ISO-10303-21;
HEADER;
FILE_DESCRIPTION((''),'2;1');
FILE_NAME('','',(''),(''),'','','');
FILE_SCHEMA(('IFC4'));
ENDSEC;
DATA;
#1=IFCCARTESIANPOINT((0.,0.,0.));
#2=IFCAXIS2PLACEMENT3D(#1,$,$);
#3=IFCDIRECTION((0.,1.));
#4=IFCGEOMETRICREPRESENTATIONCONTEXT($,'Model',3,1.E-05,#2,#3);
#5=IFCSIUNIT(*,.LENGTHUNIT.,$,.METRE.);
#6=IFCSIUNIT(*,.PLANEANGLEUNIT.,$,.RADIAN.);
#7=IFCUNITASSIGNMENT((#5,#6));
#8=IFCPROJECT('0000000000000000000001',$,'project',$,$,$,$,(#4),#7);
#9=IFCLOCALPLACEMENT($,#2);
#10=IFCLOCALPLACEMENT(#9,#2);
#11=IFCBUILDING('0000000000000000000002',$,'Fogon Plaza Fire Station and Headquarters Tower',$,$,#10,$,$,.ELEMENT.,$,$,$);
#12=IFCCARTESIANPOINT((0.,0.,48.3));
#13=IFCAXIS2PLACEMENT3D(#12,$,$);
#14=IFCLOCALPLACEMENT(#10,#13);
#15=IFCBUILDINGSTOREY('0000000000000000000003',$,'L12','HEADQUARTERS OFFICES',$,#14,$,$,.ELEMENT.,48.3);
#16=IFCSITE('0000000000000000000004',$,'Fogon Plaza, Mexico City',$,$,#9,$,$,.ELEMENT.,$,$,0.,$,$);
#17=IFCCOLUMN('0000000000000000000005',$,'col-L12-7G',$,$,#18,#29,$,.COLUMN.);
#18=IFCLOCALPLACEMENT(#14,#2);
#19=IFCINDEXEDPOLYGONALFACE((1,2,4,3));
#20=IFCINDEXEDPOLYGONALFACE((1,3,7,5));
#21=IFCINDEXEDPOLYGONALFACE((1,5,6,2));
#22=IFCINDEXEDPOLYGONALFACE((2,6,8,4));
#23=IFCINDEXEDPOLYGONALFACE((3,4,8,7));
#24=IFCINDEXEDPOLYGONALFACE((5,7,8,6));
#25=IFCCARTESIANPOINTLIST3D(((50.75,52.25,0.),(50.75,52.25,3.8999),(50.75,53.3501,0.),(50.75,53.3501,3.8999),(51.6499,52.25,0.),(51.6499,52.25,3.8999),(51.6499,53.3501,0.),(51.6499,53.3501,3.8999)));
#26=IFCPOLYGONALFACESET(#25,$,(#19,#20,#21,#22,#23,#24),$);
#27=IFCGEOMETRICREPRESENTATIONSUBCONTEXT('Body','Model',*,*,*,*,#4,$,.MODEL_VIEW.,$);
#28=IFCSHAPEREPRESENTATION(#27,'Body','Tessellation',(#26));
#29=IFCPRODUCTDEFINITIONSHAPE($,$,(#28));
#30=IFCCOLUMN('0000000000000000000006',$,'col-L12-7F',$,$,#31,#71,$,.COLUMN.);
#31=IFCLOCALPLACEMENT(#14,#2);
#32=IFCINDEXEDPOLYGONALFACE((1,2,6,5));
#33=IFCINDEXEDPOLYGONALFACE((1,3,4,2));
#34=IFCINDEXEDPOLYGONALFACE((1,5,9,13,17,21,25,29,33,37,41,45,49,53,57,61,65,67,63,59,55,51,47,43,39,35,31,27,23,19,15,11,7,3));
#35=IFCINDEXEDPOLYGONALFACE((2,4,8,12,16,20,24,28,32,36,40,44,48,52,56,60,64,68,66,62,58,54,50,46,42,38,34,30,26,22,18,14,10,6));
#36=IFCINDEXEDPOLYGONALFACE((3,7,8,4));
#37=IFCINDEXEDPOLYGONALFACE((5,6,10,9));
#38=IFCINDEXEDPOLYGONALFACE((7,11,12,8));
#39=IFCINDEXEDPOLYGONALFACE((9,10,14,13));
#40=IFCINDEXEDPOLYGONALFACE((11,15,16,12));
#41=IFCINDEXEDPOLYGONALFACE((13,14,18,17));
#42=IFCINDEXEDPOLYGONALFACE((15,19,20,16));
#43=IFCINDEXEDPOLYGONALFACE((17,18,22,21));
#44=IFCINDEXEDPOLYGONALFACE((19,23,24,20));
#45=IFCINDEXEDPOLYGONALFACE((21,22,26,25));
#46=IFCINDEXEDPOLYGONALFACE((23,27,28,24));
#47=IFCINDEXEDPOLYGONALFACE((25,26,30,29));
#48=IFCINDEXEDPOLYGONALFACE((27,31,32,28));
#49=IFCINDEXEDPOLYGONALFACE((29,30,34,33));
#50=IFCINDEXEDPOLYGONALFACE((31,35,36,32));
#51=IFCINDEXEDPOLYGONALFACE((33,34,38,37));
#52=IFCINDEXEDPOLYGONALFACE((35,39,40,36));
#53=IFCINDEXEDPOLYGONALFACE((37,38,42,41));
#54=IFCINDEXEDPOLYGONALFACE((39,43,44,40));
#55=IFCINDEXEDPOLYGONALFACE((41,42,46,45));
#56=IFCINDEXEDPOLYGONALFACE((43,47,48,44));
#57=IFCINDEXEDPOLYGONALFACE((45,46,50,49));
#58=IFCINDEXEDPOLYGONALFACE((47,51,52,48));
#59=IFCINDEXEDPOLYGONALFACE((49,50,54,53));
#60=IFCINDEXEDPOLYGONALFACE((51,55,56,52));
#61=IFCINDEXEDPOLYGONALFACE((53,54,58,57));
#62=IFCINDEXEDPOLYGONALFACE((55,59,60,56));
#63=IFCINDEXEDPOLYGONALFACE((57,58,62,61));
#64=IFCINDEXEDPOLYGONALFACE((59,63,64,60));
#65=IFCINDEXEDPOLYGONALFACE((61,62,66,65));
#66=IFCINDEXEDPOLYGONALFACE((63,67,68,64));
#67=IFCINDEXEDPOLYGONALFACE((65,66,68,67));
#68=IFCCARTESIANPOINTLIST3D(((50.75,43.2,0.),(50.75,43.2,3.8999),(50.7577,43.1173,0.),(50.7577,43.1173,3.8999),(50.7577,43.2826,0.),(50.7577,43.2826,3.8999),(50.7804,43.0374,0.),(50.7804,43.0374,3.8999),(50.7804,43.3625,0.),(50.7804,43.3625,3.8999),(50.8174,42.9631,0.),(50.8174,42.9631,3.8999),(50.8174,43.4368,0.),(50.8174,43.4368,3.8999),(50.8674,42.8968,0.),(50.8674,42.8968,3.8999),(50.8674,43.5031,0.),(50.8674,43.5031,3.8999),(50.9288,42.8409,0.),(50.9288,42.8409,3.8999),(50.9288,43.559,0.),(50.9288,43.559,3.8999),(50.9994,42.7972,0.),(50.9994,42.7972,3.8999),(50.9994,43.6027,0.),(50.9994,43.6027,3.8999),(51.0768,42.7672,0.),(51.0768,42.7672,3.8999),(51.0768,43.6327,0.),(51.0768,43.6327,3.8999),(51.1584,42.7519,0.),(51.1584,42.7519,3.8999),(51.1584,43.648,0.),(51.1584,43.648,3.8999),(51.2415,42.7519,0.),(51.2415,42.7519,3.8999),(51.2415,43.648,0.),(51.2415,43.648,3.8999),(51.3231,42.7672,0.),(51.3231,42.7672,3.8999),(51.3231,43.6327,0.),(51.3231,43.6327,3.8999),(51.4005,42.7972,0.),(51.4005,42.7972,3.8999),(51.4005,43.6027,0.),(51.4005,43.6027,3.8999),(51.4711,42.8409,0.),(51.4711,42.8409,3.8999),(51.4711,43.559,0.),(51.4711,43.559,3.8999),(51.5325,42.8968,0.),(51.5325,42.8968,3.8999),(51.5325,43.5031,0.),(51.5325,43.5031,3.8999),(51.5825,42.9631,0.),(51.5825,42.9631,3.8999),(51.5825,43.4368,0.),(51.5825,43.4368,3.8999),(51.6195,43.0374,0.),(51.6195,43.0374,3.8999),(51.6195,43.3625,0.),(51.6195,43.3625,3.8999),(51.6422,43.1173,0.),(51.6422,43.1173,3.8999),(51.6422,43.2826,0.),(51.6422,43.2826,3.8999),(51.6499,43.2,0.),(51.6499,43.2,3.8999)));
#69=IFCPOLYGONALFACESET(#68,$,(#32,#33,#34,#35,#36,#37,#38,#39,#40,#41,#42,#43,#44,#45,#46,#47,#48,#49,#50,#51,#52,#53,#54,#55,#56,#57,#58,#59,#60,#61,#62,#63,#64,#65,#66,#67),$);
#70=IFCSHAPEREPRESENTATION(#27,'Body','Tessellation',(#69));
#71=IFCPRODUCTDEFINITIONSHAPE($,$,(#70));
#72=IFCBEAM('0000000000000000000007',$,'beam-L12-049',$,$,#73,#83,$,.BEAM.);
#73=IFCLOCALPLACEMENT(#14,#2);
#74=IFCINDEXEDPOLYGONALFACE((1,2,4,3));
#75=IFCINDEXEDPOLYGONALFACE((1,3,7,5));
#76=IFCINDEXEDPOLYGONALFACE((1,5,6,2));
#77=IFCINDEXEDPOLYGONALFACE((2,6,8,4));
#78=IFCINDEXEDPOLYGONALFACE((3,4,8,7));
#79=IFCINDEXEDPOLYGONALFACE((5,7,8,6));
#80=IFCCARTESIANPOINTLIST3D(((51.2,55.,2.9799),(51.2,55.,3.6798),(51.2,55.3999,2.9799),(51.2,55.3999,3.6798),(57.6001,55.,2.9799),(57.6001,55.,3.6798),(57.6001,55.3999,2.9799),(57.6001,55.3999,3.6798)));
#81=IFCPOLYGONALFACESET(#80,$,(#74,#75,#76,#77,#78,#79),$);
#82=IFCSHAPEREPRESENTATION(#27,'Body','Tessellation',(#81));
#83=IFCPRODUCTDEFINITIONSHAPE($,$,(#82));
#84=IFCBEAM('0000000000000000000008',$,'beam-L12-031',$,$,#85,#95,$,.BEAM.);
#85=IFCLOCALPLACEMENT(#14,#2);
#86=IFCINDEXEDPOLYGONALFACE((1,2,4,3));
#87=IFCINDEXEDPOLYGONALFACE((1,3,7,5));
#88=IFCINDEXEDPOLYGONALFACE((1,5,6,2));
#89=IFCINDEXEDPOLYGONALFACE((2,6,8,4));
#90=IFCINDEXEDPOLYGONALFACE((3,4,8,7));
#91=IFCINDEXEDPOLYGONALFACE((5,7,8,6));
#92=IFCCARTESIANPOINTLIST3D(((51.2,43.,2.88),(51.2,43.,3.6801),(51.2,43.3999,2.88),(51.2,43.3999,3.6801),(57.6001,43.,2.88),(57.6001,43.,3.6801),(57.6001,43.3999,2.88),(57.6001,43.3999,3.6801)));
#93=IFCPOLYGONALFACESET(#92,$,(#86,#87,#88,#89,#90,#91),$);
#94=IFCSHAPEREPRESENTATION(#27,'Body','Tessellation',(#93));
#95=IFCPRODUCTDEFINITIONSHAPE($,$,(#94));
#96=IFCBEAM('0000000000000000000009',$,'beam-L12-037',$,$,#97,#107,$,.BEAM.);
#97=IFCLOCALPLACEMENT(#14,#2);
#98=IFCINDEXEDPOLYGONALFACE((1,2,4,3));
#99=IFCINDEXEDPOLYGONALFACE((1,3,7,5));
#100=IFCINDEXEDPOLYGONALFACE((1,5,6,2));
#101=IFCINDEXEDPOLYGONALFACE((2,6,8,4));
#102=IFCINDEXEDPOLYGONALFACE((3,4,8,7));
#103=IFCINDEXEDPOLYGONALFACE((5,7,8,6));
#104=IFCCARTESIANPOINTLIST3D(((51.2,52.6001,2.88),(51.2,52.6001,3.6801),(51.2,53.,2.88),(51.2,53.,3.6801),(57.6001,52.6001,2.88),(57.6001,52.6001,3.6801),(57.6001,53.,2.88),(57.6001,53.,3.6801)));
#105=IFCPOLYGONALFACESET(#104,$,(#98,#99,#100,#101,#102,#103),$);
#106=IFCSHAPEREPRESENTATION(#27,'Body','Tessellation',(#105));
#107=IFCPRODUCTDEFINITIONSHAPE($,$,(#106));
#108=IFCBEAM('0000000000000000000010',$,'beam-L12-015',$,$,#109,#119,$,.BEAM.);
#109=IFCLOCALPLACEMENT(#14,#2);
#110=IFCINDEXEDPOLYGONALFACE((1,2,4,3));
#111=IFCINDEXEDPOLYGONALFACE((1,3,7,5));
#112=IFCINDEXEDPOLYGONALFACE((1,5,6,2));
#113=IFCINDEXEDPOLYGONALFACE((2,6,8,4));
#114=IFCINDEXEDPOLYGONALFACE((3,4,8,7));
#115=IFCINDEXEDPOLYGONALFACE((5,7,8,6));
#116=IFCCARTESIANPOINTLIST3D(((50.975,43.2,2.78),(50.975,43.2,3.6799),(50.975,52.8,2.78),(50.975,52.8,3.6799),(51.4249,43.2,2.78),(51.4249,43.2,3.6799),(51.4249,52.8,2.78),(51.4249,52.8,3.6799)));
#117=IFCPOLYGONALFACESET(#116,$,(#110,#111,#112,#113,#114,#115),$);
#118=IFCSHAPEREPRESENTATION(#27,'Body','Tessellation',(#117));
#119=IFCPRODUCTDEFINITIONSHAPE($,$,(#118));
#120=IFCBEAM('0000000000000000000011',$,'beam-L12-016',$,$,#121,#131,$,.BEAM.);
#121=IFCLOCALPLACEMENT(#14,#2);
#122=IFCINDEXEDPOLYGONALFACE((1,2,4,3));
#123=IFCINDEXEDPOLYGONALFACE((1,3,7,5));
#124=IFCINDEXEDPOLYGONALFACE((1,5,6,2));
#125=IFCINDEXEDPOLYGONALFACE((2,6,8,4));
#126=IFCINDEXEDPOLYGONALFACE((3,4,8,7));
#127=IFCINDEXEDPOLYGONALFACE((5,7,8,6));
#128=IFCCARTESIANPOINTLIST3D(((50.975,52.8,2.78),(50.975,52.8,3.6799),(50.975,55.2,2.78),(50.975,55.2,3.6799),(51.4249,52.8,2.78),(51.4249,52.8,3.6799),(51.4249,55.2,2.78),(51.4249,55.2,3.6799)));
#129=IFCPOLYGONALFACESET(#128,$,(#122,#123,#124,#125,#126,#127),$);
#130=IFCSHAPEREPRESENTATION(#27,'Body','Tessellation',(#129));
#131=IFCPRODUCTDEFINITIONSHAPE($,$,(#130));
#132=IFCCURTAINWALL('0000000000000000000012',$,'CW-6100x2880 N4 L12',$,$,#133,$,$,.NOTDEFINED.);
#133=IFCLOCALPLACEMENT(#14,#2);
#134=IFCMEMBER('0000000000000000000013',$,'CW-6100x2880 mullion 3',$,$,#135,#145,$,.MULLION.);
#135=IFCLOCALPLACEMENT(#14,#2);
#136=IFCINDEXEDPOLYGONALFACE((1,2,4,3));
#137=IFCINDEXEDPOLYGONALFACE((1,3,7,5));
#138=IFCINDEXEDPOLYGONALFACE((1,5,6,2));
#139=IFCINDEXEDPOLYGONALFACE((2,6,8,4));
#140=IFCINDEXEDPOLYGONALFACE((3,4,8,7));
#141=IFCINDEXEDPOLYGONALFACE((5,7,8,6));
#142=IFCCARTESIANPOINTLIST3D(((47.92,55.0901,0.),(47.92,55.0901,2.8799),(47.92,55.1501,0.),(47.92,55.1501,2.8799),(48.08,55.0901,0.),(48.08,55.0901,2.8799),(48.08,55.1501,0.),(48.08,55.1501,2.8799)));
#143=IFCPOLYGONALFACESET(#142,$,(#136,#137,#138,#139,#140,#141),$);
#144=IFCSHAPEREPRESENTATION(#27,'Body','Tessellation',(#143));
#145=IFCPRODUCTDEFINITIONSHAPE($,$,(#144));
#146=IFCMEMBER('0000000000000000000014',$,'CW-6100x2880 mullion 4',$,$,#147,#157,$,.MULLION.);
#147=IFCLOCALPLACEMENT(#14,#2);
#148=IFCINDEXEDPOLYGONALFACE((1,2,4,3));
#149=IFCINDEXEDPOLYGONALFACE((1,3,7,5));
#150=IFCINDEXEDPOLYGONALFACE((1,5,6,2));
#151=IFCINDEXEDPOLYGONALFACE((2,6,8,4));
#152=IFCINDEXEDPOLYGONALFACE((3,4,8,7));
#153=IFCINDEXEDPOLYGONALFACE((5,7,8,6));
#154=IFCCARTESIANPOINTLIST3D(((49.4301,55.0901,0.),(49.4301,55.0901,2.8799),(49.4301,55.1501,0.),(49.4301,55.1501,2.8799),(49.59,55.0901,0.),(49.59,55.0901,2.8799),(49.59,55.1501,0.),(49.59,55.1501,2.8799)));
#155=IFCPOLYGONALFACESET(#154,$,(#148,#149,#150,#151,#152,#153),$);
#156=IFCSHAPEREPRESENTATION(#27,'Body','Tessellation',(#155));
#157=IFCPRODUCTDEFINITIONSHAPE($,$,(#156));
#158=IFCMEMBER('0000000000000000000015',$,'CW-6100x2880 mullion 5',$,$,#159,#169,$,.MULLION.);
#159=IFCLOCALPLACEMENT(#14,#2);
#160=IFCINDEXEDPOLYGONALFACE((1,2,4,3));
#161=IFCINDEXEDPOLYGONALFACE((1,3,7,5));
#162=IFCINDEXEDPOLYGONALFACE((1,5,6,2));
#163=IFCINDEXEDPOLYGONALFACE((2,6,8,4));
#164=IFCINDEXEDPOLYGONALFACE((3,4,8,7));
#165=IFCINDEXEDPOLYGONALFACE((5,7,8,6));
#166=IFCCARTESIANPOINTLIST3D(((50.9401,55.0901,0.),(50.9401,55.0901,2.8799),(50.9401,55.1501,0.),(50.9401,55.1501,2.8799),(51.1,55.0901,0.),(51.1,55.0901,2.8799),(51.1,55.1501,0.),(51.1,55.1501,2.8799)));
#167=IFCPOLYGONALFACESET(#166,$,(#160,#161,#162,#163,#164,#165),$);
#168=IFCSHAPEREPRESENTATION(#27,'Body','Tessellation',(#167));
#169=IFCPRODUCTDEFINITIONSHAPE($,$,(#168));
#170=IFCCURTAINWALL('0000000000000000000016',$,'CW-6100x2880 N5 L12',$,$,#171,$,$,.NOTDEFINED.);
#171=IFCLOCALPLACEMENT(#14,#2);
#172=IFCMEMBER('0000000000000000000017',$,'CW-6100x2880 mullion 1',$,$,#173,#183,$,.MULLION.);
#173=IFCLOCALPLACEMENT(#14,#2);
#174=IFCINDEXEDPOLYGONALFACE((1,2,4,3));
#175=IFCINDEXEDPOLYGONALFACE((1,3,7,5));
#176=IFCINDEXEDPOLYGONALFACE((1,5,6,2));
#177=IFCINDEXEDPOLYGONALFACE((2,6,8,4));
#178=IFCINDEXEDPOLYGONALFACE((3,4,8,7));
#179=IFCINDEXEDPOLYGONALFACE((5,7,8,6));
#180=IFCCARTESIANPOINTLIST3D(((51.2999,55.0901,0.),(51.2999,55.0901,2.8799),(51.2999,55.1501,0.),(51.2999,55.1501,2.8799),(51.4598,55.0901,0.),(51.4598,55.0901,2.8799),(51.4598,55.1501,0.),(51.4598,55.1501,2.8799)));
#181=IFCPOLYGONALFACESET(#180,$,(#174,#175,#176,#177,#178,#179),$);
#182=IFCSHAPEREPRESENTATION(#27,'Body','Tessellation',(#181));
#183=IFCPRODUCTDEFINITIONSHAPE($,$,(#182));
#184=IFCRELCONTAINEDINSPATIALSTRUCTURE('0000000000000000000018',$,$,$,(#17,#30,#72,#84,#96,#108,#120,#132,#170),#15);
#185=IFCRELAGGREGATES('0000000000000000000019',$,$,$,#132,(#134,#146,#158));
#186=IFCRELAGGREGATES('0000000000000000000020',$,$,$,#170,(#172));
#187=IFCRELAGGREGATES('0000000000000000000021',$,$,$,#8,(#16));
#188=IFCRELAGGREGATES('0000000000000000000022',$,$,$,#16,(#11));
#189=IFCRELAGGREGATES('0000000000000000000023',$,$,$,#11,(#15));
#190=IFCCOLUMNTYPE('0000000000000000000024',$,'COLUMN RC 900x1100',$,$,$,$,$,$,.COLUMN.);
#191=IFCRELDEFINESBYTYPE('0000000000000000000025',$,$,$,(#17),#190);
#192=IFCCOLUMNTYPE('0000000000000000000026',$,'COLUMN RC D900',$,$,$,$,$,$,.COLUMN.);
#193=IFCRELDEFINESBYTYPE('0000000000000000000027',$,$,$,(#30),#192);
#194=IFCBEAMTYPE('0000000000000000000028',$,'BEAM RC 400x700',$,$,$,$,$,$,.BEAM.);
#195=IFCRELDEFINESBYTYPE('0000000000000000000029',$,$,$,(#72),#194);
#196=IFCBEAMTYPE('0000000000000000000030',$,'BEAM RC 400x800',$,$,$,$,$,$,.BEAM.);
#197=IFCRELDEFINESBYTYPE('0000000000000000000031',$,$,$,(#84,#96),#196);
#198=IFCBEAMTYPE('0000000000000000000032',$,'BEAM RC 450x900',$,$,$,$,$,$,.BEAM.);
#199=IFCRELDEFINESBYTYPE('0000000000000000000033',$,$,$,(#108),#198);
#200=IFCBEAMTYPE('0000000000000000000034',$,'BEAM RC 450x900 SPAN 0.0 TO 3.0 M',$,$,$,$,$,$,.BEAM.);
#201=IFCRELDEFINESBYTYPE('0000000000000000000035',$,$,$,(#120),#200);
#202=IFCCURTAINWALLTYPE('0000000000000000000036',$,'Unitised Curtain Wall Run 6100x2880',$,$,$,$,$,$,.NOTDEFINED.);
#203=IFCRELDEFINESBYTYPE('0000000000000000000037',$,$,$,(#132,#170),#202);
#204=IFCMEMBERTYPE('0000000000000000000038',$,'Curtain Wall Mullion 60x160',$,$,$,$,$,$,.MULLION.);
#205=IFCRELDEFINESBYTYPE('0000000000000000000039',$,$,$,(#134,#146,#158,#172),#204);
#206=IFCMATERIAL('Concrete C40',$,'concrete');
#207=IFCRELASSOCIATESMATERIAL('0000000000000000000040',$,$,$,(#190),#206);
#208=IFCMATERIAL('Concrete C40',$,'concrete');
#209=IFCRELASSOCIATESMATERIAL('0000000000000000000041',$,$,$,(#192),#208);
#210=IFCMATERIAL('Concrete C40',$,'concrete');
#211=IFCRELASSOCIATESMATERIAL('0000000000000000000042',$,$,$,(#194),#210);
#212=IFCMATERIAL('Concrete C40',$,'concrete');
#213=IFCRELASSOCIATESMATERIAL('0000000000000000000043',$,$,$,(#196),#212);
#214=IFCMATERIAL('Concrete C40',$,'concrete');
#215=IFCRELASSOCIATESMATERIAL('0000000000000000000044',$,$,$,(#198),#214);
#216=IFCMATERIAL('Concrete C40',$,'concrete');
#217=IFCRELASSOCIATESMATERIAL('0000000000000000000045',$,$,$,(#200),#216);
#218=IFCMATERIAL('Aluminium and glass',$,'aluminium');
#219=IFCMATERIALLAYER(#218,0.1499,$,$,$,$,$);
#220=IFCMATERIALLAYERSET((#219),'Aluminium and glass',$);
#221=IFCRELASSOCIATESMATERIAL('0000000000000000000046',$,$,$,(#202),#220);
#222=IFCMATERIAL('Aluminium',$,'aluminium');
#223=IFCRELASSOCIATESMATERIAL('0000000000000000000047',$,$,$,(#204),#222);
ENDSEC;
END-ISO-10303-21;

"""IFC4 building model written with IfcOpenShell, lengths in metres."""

from ifc_helpers import new_model, si_unit, direction, frame, origin, origin_2d, place, context, subcontext, project, spatial, rectangle, circle, extrude, material, layer, layer_set, material_profile, profile_set, type_object, element, aggregate, save


model = new_model("IFC4")

# Units and contexts
model_context = context("Model", 3, precision=1e-05, world=origin(), true_north=direction((0.0, 1.0)))
body_context = subcontext(model_context, "Body", "Model", "MODEL_VIEW")
ifc_project = project(units=[si_unit("LENGTHUNIT", "METRE"), si_unit("PLANEANGLEUNIT", "RADIAN")], contexts=[model_context])

# Site, building, storey
site_placement = place(None, origin())
site = spatial("IfcSite", under=ifc_project, at=site_placement, Name="Fogon Plaza, Mexico City", CompositionType="ELEMENT", RefElevation=0.0)
building_placement = place(site_placement, origin())
building = spatial("IfcBuilding", under=site, at=building_placement, Name="Fogon Plaza Fire Station and Headquarters Tower", CompositionType="ELEMENT")
storey_placement = place(building_placement, frame((0.0, 0.0, 48.3)))
storey = spatial("IfcBuildingStorey", under=building, at=storey_placement, Name="L12", Description="HEADQUARTERS OFFICES", CompositionType="ELEMENT", Elevation=48.3)

# Columns
ifc_material_1 = material(Name="Concrete C40", Category="concrete")
ifc_material_profile_1 = material_profile(ifc_material_1, rectangle(XDim=0.8999, YDim=1.1001, at=origin_2d()), Name="RC 900x1100")
ifc_profile_set_1 = profile_set([ifc_material_profile_1], Name="Concrete C40")
column_type_1 = type_object("IfcColumnType", Name="COLUMN RC 900x1100", PredefinedType="COLUMN", material=ifc_profile_set_1)
column_1_placement = place(storey_placement, frame((51.2, 52.8, 0.0), z_axis=(0.0, 0.0, 1.0), x_axis=(1.0, 0.0, 0.0)))
element("IfcColumn", 1, at=column_1_placement, inside=storey, type_object=column_type_1, Name="col-L12-7G", PredefinedType="COLUMN", context=body_context, shape_type="SweptSolid", body=[
    extrude(rectangle(XDim=0.8999, YDim=1.1001, at=origin_2d()), origin(), (0.0, 0.0, 1.0), 3.8999),
])
ifc_material_2 = material(Name="Concrete C40", Category="concrete")
ifc_material_profile_2 = material_profile(ifc_material_2, circle(Radius=0.45, at=origin_2d()), Name="RC D900")
ifc_profile_set_2 = profile_set([ifc_material_profile_2], Name="Concrete C40")
column_type_2 = type_object("IfcColumnType", Name="COLUMN RC D900", PredefinedType="COLUMN", material=ifc_profile_set_2)
column_2_placement = place(storey_placement, frame((51.2, 43.2, 0.0), z_axis=(0.0, 0.0, 1.0), x_axis=(1.0, 0.0, 0.0)))
element("IfcColumn", 2, at=column_2_placement, inside=storey, type_object=column_type_2, Name="col-L12-7F", PredefinedType="COLUMN", context=body_context, shape_type="SweptSolid", body=[
    extrude(circle(Radius=0.45, at=origin_2d()), origin(), (0.0, 0.0, 1.0), 3.8999),
])

# Beams
ifc_material_3 = material(Name="Concrete C40", Category="concrete")
ifc_material_profile_3 = material_profile(ifc_material_3, rectangle(XDim=0.3999, YDim=0.7, at=origin_2d()), Name="RC 400x700")
ifc_profile_set_3 = profile_set([ifc_material_profile_3], Name="Concrete C40")
beam_type_1 = type_object("IfcBeamType", Name="BEAM RC 400x700", PredefinedType="BEAM", material=ifc_profile_set_3)
beam_1_placement = place(storey_placement, frame((51.2, 55.2, 3.3298), z_axis=(1.0, 0.0, 0.0), x_axis=(0.0, 1.0, 0.0)))
element("IfcBeam", 3, at=beam_1_placement, inside=storey, type_object=beam_type_1, Name="beam-L12-049", PredefinedType="BEAM", context=body_context, shape_type="SweptSolid", body=[
    extrude(rectangle(XDim=0.3999, YDim=0.7, at=origin_2d()), origin(), (0.0, 0.0, 1.0), 6.4001),
])
ifc_material_4 = material(Name="Concrete C40", Category="concrete")
ifc_material_profile_4 = material_profile(ifc_material_4, rectangle(XDim=0.3999, YDim=0.8, at=origin_2d()), Name="RC 400x800")
ifc_profile_set_4 = profile_set([ifc_material_profile_4], Name="Concrete C40")
beam_type_2 = type_object("IfcBeamType", Name="BEAM RC 400x800", PredefinedType="BEAM", material=ifc_profile_set_4)
for number, where, z_axis, x_axis, name in (
    (4, (51.2, 43.2, 3.28), (1.0, 0.0, 0.0), (0.0, 1.0, 0.0), "beam-L12-031"),
    (5, (51.2, 52.8, 3.28), (1.0, 0.0, 0.0), (0.0, 1.0, 0.0), "beam-L12-037"),
):
    element("IfcBeam", number, at=place(storey_placement, frame(where, z_axis=z_axis, x_axis=x_axis)), inside=storey, type_object=beam_type_2, Name=name, PredefinedType="BEAM", context=body_context, shape_type="SweptSolid", body=[
        extrude(rectangle(XDim=0.3999, YDim=0.8, at=origin_2d()), origin(), (0.0, 0.0, 1.0), 6.4001),
    ])
ifc_material_5 = material(Name="Concrete C40", Category="concrete")
ifc_material_profile_5 = material_profile(ifc_material_5, rectangle(XDim=0.45, YDim=0.8999, at=origin_2d()), Name="RC 450x900")
ifc_profile_set_5 = profile_set([ifc_material_profile_5], Name="Concrete C40")
beam_type_3 = type_object("IfcBeamType", Name="BEAM RC 450x900", PredefinedType="BEAM", material=ifc_profile_set_5)
beam_2_placement = place(storey_placement, frame((51.2, 43.2, 3.23), z_axis=(0.0, 1.0, 0.0), x_axis=(-1.0, 0.0, 0.0)))
element("IfcBeam", 6, at=beam_2_placement, inside=storey, type_object=beam_type_3, Name="beam-L12-015", PredefinedType="BEAM", context=body_context, shape_type="SweptSolid", body=[
    extrude(rectangle(XDim=0.45, YDim=0.8999, at=origin_2d()), origin(), (0.0, 0.0, 1.0), 9.6001),
])
ifc_material_6 = material(Name="Concrete C40", Category="concrete")
ifc_material_profile_6 = material_profile(ifc_material_6, rectangle(XDim=0.45, YDim=0.8999, at=origin_2d()), Name="RC 450x900")
ifc_profile_set_6 = profile_set([ifc_material_profile_6], Name="Concrete C40")
beam_type_4 = type_object("IfcBeamType", Name="BEAM RC 450x900 SPAN 0.0 TO 3.0 M", PredefinedType="BEAM", material=ifc_profile_set_6)
beam_3_placement = place(storey_placement, frame((51.2, 52.8, 3.23), z_axis=(0.0, 1.0, 0.0), x_axis=(-1.0, 0.0, 0.0)))
element("IfcBeam", 7, at=beam_3_placement, inside=storey, type_object=beam_type_4, Name="beam-L12-016", PredefinedType="BEAM", context=body_context, shape_type="SweptSolid", body=[
    extrude(rectangle(XDim=0.45, YDim=0.8999, at=origin_2d()), origin(), (0.0, 0.0, 1.0), 2.3999),
])

# Curtain walls, members
ifc_material_7 = material(Name="Aluminium and glass", Category="aluminium")
ifc_layer_1 = layer(ifc_material_7, 0.1499)
ifc_layer_set_1 = layer_set([ifc_layer_1], Name="Aluminium and glass")
curtain_wall_type = type_object("IfcCurtainWallType", Name="Unitised Curtain Wall Run 6100x2880", PredefinedType="NOTDEFINED", material=ifc_layer_set_1)
curtain_wall_1_placement = place(storey_placement, origin())
curtain_wall_1 = element("IfcCurtainWall", 8, at=curtain_wall_1_placement, inside=storey, type_object=curtain_wall_type, Name="CW-6100x2880 N4 L12", PredefinedType="NOTDEFINED")
ifc_material_8 = material(Name="Aluminium", Category="aluminium")
ifc_material_profile_7 = material_profile(ifc_material_8, rectangle(XDim=0.0601, YDim=0.1599, at=origin_2d()), Name="Curtain Wall Mullion 60x160")
ifc_profile_set_7 = profile_set([ifc_material_profile_7], Name="Aluminium")
member_type_1 = type_object("IfcMemberType", Name="Curtain Wall Mullion 60x160", PredefinedType="MULLION", material=ifc_profile_set_7)
member_1_placement = place(storey_placement, frame((48.0, 55.1201, 0.0), z_axis=(0.0, 0.0, 1.0), x_axis=(0.0, 1.0, 0.0)))
member_1 = element("IfcMember", 9, at=member_1_placement, type_object=member_type_1, Name="CW-6100x2880 mullion 3", PredefinedType="MULLION", context=body_context, shape_type="SweptSolid", body=[
    extrude(rectangle(XDim=0.0601, YDim=0.1599, at=origin_2d()), origin(), (0.0, 0.0, 1.0), 2.8799),
])
member_2_placement = place(storey_placement, frame((49.51, 55.1201, 0.0), z_axis=(0.0, 0.0, 1.0), x_axis=(0.0, 1.0, 0.0)))
member_2 = element("IfcMember", 10, at=member_2_placement, type_object=member_type_1, Name="CW-6100x2880 mullion 4", PredefinedType="MULLION", context=body_context, shape_type="SweptSolid", body=[
    extrude(rectangle(XDim=0.0601, YDim=0.1599, at=origin_2d()), origin(), (0.0, 0.0, 1.0), 2.8799),
])
member_3_placement = place(storey_placement, frame((51.02, 55.1201, 0.0), z_axis=(0.0, 0.0, 1.0), x_axis=(0.0, 1.0, 0.0)))
member_3 = element("IfcMember", 11, at=member_3_placement, type_object=member_type_1, Name="CW-6100x2880 mullion 5", PredefinedType="MULLION", context=body_context, shape_type="SweptSolid", body=[
    extrude(rectangle(XDim=0.0601, YDim=0.1599, at=origin_2d()), origin(), (0.0, 0.0, 1.0), 2.8799),
])
curtain_wall_2_placement = place(storey_placement, origin())
curtain_wall_2 = element("IfcCurtainWall", 12, at=curtain_wall_2_placement, inside=storey, type_object=curtain_wall_type, Name="CW-6100x2880 N5 L12", PredefinedType="NOTDEFINED")
member_4_placement = place(storey_placement, frame((51.3799, 55.1201, 0.0), z_axis=(0.0, 0.0, 1.0), x_axis=(0.0, 1.0, 0.0)))
member_4 = element("IfcMember", 13, at=member_4_placement, type_object=member_type_1, Name="CW-6100x2880 mullion 1", PredefinedType="MULLION", context=body_context, shape_type="SweptSolid", body=[
    extrude(rectangle(XDim=0.0601, YDim=0.1599, at=origin_2d()), origin(), (0.0, 0.0, 1.0), 2.8799),
])

aggregate(curtain_wall_1, [member_1, member_2, member_3])
aggregate(curtain_wall_2, [member_4])

save(model, "model.ifc")
